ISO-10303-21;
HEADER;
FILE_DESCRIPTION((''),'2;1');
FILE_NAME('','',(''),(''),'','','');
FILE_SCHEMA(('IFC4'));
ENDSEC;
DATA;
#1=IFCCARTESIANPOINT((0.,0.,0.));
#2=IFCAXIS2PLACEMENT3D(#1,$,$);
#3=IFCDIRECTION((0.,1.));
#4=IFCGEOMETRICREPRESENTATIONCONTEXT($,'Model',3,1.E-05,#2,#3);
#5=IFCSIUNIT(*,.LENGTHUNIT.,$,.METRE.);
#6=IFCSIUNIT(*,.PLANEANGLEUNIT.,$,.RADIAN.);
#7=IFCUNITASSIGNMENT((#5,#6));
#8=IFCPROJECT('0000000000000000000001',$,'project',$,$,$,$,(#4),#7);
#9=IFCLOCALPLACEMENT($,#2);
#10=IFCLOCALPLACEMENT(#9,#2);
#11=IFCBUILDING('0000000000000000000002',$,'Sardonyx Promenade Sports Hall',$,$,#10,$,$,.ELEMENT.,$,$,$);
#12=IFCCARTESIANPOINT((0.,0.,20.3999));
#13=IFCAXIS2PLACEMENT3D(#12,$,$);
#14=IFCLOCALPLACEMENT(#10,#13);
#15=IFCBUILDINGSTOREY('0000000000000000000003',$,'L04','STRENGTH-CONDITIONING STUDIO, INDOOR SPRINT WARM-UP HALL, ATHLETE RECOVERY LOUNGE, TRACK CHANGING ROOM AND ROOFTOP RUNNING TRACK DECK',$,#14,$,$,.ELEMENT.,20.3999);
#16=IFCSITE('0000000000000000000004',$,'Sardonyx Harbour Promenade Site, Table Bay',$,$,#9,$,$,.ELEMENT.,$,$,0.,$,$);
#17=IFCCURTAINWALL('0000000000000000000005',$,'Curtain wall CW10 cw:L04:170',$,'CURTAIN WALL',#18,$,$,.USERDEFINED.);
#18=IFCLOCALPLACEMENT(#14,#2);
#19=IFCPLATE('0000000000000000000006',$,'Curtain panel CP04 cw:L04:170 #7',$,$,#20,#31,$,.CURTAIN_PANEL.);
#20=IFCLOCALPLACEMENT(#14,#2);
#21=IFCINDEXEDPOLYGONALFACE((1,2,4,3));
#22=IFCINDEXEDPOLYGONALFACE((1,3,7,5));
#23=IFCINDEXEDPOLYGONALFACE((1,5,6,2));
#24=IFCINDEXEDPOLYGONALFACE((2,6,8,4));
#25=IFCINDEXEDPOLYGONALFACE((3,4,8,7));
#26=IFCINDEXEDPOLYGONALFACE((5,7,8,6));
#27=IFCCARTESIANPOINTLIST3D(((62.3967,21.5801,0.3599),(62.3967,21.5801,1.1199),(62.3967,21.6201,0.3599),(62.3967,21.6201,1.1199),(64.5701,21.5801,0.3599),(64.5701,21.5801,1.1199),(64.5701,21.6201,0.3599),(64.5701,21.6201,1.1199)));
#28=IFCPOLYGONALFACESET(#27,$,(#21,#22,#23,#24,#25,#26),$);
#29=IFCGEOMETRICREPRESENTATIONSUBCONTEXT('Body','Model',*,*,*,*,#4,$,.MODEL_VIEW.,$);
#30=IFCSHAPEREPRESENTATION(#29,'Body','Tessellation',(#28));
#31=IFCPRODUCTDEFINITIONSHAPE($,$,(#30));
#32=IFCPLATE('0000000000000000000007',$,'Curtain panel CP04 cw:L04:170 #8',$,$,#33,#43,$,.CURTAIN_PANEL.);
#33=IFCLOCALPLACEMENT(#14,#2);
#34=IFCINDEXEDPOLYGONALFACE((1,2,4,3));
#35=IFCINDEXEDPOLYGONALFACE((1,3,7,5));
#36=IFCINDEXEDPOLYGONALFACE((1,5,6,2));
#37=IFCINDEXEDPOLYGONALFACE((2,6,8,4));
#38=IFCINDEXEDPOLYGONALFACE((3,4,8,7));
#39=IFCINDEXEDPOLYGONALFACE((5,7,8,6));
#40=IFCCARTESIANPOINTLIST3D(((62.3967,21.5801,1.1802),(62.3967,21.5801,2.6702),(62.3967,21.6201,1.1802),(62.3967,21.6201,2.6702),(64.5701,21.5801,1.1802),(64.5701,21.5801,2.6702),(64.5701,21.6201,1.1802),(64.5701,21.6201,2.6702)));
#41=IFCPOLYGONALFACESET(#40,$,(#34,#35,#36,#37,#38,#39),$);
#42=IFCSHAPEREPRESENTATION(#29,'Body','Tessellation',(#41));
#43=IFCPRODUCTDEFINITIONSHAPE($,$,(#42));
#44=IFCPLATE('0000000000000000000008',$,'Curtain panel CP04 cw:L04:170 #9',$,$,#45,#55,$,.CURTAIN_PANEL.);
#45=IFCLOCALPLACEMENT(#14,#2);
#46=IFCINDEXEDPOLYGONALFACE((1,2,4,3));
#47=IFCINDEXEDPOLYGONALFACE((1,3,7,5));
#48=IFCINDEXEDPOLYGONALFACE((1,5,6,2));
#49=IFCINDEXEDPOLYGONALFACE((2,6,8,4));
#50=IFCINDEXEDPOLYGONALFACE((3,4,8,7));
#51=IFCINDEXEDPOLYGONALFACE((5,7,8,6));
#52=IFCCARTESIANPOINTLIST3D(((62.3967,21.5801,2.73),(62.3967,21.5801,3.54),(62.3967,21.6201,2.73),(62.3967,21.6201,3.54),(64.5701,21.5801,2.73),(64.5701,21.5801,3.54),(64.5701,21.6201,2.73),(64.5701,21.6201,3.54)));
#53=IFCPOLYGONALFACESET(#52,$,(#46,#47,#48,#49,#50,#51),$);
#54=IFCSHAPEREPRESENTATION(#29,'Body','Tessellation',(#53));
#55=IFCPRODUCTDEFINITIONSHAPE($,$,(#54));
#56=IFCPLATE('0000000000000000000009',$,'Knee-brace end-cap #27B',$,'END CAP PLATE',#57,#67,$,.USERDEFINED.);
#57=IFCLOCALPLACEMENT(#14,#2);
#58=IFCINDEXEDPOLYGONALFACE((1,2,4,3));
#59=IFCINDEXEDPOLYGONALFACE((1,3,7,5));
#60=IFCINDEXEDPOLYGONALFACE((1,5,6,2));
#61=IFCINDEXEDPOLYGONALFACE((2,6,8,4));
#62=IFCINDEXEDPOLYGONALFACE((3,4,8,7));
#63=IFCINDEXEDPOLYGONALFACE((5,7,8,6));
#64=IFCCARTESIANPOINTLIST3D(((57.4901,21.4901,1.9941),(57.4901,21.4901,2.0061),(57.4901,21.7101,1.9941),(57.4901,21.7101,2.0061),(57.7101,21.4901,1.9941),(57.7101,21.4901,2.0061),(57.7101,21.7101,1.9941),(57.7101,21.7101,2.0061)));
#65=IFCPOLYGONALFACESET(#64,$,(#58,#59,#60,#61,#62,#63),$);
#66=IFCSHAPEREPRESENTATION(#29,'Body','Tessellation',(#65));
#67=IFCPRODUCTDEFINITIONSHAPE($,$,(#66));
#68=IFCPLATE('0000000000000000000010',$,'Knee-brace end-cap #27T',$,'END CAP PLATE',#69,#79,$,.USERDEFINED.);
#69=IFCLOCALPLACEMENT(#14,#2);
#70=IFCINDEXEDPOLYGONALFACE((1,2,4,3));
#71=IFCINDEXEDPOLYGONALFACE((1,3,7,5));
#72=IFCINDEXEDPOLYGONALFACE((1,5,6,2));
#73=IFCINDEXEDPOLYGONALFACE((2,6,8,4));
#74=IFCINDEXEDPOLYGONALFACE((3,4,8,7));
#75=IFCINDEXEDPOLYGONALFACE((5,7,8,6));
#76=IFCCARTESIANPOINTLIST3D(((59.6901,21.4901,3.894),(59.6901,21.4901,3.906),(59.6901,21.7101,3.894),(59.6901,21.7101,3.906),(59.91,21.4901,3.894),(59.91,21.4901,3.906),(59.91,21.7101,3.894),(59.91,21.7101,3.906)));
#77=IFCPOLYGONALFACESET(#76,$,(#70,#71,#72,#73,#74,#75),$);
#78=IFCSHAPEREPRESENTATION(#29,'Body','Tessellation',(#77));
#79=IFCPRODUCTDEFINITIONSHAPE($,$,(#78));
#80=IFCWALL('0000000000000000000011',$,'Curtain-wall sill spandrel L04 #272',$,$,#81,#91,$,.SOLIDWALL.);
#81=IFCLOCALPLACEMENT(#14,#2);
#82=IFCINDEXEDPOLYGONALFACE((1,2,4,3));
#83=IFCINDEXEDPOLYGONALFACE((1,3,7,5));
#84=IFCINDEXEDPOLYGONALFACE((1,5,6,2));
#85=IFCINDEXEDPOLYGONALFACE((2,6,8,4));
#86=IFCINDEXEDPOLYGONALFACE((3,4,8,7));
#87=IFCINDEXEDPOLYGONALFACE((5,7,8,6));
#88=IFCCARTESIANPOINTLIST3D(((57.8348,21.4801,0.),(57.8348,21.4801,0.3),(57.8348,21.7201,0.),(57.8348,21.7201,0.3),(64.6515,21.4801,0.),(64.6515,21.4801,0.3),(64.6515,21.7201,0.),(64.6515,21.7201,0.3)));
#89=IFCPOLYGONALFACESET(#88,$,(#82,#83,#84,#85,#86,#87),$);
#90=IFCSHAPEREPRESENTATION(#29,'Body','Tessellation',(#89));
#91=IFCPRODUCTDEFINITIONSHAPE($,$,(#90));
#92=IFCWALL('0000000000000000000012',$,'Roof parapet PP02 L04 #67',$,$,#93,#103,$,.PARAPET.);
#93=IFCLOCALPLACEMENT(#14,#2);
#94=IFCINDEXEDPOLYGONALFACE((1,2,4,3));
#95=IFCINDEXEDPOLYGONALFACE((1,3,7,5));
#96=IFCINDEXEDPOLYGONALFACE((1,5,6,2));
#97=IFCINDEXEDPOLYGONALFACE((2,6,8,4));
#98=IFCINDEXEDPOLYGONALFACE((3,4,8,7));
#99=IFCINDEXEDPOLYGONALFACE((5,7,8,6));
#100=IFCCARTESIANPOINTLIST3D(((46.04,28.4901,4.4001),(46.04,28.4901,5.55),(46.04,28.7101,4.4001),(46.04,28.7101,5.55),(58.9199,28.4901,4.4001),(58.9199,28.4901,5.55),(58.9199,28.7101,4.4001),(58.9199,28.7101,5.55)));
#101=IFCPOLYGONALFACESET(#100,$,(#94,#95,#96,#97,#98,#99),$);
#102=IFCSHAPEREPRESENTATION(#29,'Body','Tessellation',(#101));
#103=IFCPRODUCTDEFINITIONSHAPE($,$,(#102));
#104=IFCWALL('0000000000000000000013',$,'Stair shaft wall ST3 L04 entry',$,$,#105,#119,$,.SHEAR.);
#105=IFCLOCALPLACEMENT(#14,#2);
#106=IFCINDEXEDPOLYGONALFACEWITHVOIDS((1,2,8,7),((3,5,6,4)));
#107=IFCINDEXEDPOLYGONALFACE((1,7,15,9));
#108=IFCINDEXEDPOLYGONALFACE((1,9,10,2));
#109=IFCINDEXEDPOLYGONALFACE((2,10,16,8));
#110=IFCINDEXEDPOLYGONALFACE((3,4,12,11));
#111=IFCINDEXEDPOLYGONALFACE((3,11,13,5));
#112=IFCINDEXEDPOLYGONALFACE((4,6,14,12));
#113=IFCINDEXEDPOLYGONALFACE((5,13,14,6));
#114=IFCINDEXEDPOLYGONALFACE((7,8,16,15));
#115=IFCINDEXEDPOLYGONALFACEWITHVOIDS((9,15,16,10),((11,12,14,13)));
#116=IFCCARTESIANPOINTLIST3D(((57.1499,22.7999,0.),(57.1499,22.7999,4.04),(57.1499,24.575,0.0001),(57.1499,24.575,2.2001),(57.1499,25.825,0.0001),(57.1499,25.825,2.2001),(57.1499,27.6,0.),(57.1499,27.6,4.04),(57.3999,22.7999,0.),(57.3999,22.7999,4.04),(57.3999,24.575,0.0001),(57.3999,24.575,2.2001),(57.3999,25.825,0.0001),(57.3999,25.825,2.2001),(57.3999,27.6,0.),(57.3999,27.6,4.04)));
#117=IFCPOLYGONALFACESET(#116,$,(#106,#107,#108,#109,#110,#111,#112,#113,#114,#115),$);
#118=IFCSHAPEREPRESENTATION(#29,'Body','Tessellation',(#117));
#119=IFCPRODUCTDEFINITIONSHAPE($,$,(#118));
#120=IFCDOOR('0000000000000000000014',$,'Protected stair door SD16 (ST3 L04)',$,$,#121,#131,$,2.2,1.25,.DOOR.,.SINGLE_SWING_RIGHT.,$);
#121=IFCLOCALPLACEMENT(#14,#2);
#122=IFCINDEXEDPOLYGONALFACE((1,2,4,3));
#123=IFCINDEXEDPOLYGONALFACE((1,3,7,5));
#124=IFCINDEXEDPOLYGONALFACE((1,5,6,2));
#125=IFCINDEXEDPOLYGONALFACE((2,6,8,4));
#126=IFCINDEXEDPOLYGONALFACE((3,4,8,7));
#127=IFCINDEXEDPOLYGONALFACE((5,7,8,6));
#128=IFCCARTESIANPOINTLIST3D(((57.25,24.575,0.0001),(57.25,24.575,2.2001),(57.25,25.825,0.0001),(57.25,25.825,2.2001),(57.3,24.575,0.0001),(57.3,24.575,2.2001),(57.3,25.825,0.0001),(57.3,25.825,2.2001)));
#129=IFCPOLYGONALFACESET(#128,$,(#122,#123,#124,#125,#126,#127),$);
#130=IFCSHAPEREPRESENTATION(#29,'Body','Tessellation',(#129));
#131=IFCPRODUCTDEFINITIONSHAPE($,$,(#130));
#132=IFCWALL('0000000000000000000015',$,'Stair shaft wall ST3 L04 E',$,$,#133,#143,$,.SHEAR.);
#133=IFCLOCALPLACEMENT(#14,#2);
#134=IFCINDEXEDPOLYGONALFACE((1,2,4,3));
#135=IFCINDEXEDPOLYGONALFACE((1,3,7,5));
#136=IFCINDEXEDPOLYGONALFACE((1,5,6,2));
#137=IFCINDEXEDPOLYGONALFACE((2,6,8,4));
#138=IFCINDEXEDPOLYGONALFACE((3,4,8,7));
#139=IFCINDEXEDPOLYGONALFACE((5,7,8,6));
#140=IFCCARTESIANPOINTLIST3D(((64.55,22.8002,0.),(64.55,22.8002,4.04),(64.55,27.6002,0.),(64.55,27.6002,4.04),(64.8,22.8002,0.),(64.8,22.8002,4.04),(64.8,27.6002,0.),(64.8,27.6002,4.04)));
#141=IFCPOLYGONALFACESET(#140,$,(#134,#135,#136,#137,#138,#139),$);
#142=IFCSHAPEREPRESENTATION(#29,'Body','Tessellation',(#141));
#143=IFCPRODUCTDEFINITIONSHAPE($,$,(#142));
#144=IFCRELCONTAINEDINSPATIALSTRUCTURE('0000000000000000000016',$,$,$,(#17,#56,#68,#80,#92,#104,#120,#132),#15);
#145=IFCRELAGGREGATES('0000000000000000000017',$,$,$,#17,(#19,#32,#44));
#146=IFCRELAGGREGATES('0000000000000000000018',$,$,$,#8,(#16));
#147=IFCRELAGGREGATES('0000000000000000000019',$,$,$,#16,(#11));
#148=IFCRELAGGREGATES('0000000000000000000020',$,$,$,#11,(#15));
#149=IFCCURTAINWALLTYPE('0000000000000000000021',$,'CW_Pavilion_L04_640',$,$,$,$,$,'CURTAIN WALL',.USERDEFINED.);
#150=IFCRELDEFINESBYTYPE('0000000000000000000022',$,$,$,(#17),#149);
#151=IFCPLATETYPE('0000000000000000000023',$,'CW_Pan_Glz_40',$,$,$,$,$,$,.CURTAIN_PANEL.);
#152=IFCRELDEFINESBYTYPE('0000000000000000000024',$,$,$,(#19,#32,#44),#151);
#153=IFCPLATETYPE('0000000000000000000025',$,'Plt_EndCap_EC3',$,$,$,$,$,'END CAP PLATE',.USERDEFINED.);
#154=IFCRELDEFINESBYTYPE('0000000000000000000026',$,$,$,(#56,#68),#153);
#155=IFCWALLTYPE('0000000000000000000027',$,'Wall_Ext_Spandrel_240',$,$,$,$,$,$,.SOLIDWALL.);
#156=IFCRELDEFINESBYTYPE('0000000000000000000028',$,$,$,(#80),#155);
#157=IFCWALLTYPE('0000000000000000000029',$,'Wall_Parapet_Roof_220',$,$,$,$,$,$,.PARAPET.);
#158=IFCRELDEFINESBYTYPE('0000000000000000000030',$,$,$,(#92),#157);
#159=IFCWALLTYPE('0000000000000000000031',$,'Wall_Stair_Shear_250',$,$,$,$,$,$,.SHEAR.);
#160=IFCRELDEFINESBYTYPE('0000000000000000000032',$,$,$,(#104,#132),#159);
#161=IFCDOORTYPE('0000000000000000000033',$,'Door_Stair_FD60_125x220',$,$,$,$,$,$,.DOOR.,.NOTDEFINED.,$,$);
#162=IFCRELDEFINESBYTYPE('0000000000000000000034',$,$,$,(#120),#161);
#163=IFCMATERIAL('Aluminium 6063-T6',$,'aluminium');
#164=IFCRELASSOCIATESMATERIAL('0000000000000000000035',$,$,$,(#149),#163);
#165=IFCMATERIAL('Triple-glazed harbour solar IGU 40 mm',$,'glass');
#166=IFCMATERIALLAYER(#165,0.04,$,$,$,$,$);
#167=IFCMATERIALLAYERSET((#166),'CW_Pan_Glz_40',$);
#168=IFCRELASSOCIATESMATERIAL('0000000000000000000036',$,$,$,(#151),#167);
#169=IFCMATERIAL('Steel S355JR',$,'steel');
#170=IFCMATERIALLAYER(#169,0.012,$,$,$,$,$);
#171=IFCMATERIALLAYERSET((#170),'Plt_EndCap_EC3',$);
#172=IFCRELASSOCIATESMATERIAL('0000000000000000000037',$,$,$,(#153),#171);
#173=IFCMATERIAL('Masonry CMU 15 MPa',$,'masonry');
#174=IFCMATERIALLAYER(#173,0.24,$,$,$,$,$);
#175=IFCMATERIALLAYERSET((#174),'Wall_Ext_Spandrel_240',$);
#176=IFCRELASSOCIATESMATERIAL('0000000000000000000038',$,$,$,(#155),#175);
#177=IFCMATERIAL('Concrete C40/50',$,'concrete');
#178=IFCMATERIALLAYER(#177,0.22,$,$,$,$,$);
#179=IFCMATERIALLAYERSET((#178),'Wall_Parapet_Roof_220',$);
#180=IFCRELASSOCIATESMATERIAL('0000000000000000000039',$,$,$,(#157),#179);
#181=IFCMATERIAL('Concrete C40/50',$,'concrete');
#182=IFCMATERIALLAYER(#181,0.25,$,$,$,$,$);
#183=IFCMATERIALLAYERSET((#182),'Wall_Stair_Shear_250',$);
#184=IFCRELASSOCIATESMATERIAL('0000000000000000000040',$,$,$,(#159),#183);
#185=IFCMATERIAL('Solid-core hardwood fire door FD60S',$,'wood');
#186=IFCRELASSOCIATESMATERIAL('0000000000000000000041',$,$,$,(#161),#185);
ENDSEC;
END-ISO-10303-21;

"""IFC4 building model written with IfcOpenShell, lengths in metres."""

from ifc_helpers import new_model, si_unit, direction, frame, frame_2d, origin, origin_2d, place, context, subcontext, project, spatial, rectangle, extrude, material, layer, layer_set, type_object, element, fill, aggregate, save


model = new_model("IFC4")

# Units and contexts
model_context = context("Model", 3, precision=1e-05, world=origin(), true_north=direction((0.0, 1.0)))
body_context = subcontext(model_context, "Body", "Model", "MODEL_VIEW")
ifc_project = project(units=[si_unit("LENGTHUNIT", "METRE"), si_unit("PLANEANGLEUNIT", "RADIAN")], contexts=[model_context])

# Site, building, storey
site_placement = place(None, origin())
site = spatial("IfcSite", under=ifc_project, at=site_placement, Name="Sardonyx Harbour Promenade Site, Table Bay", CompositionType="ELEMENT", RefElevation=0.0)
building_placement = place(site_placement, origin())
building = spatial("IfcBuilding", under=site, at=building_placement, Name="Sardonyx Promenade Sports Hall", CompositionType="ELEMENT")
storey_placement = place(building_placement, frame((0.0, 0.0, 20.3999)))
storey = spatial("IfcBuildingStorey", under=building, at=storey_placement, Name="L04", Description="STRENGTH-CONDITIONING STUDIO, INDOOR SPRINT WARM-UP HALL, ATHLETE RECOVERY LOUNGE, TRACK CHANGING ROOM AND ROOFTOP RUNNING TRACK DECK", CompositionType="ELEMENT", Elevation=20.3999)

# Curtain wall, plates
ifc_material_1 = material(Name="Aluminium 6063-T6", Category="aluminium")
curtain_wall_type = type_object("IfcCurtainWallType", Name="CW_Pavilion_L04_640", ElementType="CURTAIN WALL", PredefinedType="USERDEFINED", material=ifc_material_1)
curtain_wall_placement = place(storey_placement, origin())
curtain_wall = element("IfcCurtainWall", 1, at=curtain_wall_placement, inside=storey, type_object=curtain_wall_type, Name="Curtain wall CW10 cw:L04:170", ObjectType="CURTAIN WALL", PredefinedType="USERDEFINED")
ifc_material_2 = material(Name="Triple-glazed harbour solar IGU 40 mm", Category="glass")
ifc_layer_1 = layer(ifc_material_2, 0.04)
ifc_layer_set_1 = layer_set([ifc_layer_1], Name="CW_Pan_Glz_40")
plate_type_1 = type_object("IfcPlateType", Name="CW_Pan_Glz_40", PredefinedType="CURTAIN_PANEL", material=ifc_layer_set_1)
plate_1_placement = place(storey_placement, frame((63.4834, 21.6001, 0.3599), z_axis=(0.0, 0.0, 1.0), x_axis=(1.0, 0.0, 0.0)))
plate_1 = element("IfcPlate", 2, at=plate_1_placement, type_object=plate_type_1, Name="Curtain panel CP04 cw:L04:170 #7", PredefinedType="CURTAIN_PANEL", context=body_context, shape_type="SweptSolid", body=[
    extrude(rectangle(XDim=2.1733, YDim=0.04, at=origin_2d()), origin(), (0.0, 0.0, 1.0), 0.76),
])
plate_2_placement = place(storey_placement, frame((63.4834, 21.6001, 1.1802), z_axis=(0.0, 0.0, 1.0), x_axis=(1.0, 0.0, 0.0)))
plate_2 = element("IfcPlate", 3, at=plate_2_placement, type_object=plate_type_1, Name="Curtain panel CP04 cw:L04:170 #8", PredefinedType="CURTAIN_PANEL", context=body_context, shape_type="SweptSolid", body=[
    extrude(rectangle(XDim=2.1733, YDim=0.04, at=origin_2d()), origin(), (0.0, 0.0, 1.0), 1.49),
])
plate_3_placement = place(storey_placement, frame((63.4834, 21.6001, 2.73), z_axis=(0.0, 0.0, 1.0), x_axis=(1.0, 0.0, 0.0)))
plate_3 = element("IfcPlate", 4, at=plate_3_placement, type_object=plate_type_1, Name="Curtain panel CP04 cw:L04:170 #9", PredefinedType="CURTAIN_PANEL", context=body_context, shape_type="SweptSolid", body=[
    extrude(rectangle(XDim=2.1733, YDim=0.04, at=origin_2d()), origin(), (0.0, 0.0, 1.0), 0.8101),
])
aggregate(curtain_wall, [plate_1, plate_2, plate_3])

# Plates
ifc_material_3 = material(Name="Steel S355JR", Category="steel")
ifc_layer_2 = layer(ifc_material_3, 0.012)
ifc_layer_set_2 = layer_set([ifc_layer_2], Name="Plt_EndCap_EC3")
plate_type_2 = type_object("IfcPlateType", Name="Plt_EndCap_EC3", ElementType="END CAP PLATE", PredefinedType="USERDEFINED", material=ifc_layer_set_2)
for number, where, z_axis, x_axis, name in (
    (5, (57.6001, 21.6001, 1.9941), (0.0, 0.0, 1.0), (1.0, 0.0, 0.0), "Knee-brace end-cap #27B"),
    (6, (59.8, 21.6001, 3.894), (0.0, 0.0, 1.0), (1.0, 0.0, 0.0), "Knee-brace end-cap #27T"),
):
    element("IfcPlate", number, at=place(storey_placement, frame(where, z_axis=z_axis, x_axis=x_axis)), inside=storey, type_object=plate_type_2, Name=name, ObjectType="END CAP PLATE", PredefinedType="USERDEFINED", context=body_context, shape_type="SweptSolid", body=[
        extrude(rectangle(XDim=0.22, YDim=0.22, at=origin_2d()), origin(), (0.0, 0.0, 1.0), 0.012),
    ])

# Walls
ifc_material_4 = material(Name="Masonry CMU 15 MPa", Category="masonry")
ifc_layer_3 = layer(ifc_material_4, 0.24)
ifc_layer_set_3 = layer_set([ifc_layer_3], Name="Wall_Ext_Spandrel_240")
wall_type_1 = type_object("IfcWallType", Name="Wall_Ext_Spandrel_240", PredefinedType="SOLIDWALL", material=ifc_layer_set_3)
wall_1_placement = place(storey_placement, frame((57.835, 21.6001, 0.0), z_axis=(0.0, 0.0, 1.0), x_axis=(1.0, 0.0, 0.0)))
element("IfcWall", 7, at=wall_1_placement, inside=storey, type_object=wall_type_1, Name="Curtain-wall sill spandrel L04 #272", PredefinedType="SOLIDWALL", context=body_context, shape_type="SweptSolid", body=[
    extrude(rectangle(XDim=6.8167, YDim=0.24, at=frame_2d((3.4082, 0.0))), origin(), (0.0, 0.0, 1.0), 0.3),
])
ifc_material_5 = material(Name="Concrete C40/50", Category="concrete")
ifc_layer_4 = layer(ifc_material_5, 0.22)
ifc_layer_set_4 = layer_set([ifc_layer_4], Name="Wall_Parapet_Roof_220")
wall_type_2 = type_object("IfcWallType", Name="Wall_Parapet_Roof_220", PredefinedType="PARAPET", material=ifc_layer_set_4)
wall_2_placement = place(storey_placement, frame((58.9199, 28.6001, 4.4001), z_axis=(0.0, 0.0, 1.0), x_axis=(-1.0, 0.0, 0.0)))
element("IfcWall", 8, at=wall_2_placement, inside=storey, type_object=wall_type_2, Name="Roof parapet PP02 L04 #67", PredefinedType="PARAPET", context=body_context, shape_type="SweptSolid", body=[
    extrude(rectangle(XDim=12.8799, YDim=0.22, at=frame_2d((6.4399, 0.0))), origin(), (0.0, 0.0, 1.0), 1.1499),
])

# Wall, opening, door
ifc_material_6 = material(Name="Concrete C40/50", Category="concrete")
ifc_layer_5 = layer(ifc_material_6, 0.25)
ifc_layer_set_5 = layer_set([ifc_layer_5], Name="Wall_Stair_Shear_250")
wall_type_3 = type_object("IfcWallType", Name="Wall_Stair_Shear_250", PredefinedType="SHEAR", material=ifc_layer_set_5)
wall_3_placement = place(storey_placement, frame((57.2749, 22.8, 0.0), z_axis=(0.0, 0.0, 1.0), x_axis=(0.0, 1.0, 0.0)))
wall_3 = element("IfcWall", 9, at=wall_3_placement, inside=storey, type_object=wall_type_3, Name="Stair shaft wall ST3 L04 entry", PredefinedType="SHEAR", context=body_context, shape_type="SweptSolid", body=[
    extrude(rectangle(XDim=4.8, YDim=0.25, at=frame_2d((2.3999, 0.0))), origin(), (0.0, 0.0, 1.0), 4.04),
])
opening_placement = place(wall_3_placement, frame((1.7749, 0.0, 0.0)))
opening = element("IfcOpeningElement", 10, at=opening_placement, cuts=wall_3, PredefinedType="OPENING", context=body_context, shape_type="SweptSolid", body=[
    extrude(rectangle(XDim=1.25, YDim=2.2, at=frame_2d((0.625, 1.1001))), frame((0.0, 0.135, 0.0), z_axis=(0.0, -1.0, 0.0), x_axis=(1.0, 0.0, 0.0)), (0.0, 0.0, 1.0), 0.27),
])
ifc_material_7 = material(Name="Solid-core hardwood fire door FD60S", Category="wood")
door_type = type_object("IfcDoorType", Name="Door_Stair_FD60_125x220", OperationType="NOTDEFINED", PredefinedType="DOOR", material=ifc_material_7)
door_placement = place(opening_placement, origin())
door = element("IfcDoor", 11, at=door_placement, inside=storey, type_object=door_type, Name="Protected stair door SD16 (ST3 L04)", OperationType="SINGLE_SWING_RIGHT", OverallHeight=2.2, OverallWidth=1.25, PredefinedType="DOOR", context=body_context, shape_type="SweptSolid", body=[
    extrude(rectangle(XDim=1.25, YDim=2.2, at=frame_2d((0.625, 1.1001))), frame((0.0, 0.0249, 0.0), z_axis=(0.0, -1.0, 0.0), x_axis=(1.0, 0.0, 0.0)), (0.0, 0.0, 1.0), 0.05),
])
fill(opening, door)

# Wall
wall_4_placement = place(storey_placement, frame((64.675, 27.6001, 0.0), z_axis=(0.0, 0.0, 1.0), x_axis=(0.0, -1.0, 0.0)))
element("IfcWall", 12, at=wall_4_placement, inside=storey, type_object=wall_type_3, Name="Stair shaft wall ST3 L04 E", PredefinedType="SHEAR", context=body_context, shape_type="SweptSolid", body=[
    extrude(rectangle(XDim=4.8, YDim=0.25, at=frame_2d((2.3999, 0.0))), origin(), (0.0, 0.0, 1.0), 4.04),
])

save(model, "model.ifc")
